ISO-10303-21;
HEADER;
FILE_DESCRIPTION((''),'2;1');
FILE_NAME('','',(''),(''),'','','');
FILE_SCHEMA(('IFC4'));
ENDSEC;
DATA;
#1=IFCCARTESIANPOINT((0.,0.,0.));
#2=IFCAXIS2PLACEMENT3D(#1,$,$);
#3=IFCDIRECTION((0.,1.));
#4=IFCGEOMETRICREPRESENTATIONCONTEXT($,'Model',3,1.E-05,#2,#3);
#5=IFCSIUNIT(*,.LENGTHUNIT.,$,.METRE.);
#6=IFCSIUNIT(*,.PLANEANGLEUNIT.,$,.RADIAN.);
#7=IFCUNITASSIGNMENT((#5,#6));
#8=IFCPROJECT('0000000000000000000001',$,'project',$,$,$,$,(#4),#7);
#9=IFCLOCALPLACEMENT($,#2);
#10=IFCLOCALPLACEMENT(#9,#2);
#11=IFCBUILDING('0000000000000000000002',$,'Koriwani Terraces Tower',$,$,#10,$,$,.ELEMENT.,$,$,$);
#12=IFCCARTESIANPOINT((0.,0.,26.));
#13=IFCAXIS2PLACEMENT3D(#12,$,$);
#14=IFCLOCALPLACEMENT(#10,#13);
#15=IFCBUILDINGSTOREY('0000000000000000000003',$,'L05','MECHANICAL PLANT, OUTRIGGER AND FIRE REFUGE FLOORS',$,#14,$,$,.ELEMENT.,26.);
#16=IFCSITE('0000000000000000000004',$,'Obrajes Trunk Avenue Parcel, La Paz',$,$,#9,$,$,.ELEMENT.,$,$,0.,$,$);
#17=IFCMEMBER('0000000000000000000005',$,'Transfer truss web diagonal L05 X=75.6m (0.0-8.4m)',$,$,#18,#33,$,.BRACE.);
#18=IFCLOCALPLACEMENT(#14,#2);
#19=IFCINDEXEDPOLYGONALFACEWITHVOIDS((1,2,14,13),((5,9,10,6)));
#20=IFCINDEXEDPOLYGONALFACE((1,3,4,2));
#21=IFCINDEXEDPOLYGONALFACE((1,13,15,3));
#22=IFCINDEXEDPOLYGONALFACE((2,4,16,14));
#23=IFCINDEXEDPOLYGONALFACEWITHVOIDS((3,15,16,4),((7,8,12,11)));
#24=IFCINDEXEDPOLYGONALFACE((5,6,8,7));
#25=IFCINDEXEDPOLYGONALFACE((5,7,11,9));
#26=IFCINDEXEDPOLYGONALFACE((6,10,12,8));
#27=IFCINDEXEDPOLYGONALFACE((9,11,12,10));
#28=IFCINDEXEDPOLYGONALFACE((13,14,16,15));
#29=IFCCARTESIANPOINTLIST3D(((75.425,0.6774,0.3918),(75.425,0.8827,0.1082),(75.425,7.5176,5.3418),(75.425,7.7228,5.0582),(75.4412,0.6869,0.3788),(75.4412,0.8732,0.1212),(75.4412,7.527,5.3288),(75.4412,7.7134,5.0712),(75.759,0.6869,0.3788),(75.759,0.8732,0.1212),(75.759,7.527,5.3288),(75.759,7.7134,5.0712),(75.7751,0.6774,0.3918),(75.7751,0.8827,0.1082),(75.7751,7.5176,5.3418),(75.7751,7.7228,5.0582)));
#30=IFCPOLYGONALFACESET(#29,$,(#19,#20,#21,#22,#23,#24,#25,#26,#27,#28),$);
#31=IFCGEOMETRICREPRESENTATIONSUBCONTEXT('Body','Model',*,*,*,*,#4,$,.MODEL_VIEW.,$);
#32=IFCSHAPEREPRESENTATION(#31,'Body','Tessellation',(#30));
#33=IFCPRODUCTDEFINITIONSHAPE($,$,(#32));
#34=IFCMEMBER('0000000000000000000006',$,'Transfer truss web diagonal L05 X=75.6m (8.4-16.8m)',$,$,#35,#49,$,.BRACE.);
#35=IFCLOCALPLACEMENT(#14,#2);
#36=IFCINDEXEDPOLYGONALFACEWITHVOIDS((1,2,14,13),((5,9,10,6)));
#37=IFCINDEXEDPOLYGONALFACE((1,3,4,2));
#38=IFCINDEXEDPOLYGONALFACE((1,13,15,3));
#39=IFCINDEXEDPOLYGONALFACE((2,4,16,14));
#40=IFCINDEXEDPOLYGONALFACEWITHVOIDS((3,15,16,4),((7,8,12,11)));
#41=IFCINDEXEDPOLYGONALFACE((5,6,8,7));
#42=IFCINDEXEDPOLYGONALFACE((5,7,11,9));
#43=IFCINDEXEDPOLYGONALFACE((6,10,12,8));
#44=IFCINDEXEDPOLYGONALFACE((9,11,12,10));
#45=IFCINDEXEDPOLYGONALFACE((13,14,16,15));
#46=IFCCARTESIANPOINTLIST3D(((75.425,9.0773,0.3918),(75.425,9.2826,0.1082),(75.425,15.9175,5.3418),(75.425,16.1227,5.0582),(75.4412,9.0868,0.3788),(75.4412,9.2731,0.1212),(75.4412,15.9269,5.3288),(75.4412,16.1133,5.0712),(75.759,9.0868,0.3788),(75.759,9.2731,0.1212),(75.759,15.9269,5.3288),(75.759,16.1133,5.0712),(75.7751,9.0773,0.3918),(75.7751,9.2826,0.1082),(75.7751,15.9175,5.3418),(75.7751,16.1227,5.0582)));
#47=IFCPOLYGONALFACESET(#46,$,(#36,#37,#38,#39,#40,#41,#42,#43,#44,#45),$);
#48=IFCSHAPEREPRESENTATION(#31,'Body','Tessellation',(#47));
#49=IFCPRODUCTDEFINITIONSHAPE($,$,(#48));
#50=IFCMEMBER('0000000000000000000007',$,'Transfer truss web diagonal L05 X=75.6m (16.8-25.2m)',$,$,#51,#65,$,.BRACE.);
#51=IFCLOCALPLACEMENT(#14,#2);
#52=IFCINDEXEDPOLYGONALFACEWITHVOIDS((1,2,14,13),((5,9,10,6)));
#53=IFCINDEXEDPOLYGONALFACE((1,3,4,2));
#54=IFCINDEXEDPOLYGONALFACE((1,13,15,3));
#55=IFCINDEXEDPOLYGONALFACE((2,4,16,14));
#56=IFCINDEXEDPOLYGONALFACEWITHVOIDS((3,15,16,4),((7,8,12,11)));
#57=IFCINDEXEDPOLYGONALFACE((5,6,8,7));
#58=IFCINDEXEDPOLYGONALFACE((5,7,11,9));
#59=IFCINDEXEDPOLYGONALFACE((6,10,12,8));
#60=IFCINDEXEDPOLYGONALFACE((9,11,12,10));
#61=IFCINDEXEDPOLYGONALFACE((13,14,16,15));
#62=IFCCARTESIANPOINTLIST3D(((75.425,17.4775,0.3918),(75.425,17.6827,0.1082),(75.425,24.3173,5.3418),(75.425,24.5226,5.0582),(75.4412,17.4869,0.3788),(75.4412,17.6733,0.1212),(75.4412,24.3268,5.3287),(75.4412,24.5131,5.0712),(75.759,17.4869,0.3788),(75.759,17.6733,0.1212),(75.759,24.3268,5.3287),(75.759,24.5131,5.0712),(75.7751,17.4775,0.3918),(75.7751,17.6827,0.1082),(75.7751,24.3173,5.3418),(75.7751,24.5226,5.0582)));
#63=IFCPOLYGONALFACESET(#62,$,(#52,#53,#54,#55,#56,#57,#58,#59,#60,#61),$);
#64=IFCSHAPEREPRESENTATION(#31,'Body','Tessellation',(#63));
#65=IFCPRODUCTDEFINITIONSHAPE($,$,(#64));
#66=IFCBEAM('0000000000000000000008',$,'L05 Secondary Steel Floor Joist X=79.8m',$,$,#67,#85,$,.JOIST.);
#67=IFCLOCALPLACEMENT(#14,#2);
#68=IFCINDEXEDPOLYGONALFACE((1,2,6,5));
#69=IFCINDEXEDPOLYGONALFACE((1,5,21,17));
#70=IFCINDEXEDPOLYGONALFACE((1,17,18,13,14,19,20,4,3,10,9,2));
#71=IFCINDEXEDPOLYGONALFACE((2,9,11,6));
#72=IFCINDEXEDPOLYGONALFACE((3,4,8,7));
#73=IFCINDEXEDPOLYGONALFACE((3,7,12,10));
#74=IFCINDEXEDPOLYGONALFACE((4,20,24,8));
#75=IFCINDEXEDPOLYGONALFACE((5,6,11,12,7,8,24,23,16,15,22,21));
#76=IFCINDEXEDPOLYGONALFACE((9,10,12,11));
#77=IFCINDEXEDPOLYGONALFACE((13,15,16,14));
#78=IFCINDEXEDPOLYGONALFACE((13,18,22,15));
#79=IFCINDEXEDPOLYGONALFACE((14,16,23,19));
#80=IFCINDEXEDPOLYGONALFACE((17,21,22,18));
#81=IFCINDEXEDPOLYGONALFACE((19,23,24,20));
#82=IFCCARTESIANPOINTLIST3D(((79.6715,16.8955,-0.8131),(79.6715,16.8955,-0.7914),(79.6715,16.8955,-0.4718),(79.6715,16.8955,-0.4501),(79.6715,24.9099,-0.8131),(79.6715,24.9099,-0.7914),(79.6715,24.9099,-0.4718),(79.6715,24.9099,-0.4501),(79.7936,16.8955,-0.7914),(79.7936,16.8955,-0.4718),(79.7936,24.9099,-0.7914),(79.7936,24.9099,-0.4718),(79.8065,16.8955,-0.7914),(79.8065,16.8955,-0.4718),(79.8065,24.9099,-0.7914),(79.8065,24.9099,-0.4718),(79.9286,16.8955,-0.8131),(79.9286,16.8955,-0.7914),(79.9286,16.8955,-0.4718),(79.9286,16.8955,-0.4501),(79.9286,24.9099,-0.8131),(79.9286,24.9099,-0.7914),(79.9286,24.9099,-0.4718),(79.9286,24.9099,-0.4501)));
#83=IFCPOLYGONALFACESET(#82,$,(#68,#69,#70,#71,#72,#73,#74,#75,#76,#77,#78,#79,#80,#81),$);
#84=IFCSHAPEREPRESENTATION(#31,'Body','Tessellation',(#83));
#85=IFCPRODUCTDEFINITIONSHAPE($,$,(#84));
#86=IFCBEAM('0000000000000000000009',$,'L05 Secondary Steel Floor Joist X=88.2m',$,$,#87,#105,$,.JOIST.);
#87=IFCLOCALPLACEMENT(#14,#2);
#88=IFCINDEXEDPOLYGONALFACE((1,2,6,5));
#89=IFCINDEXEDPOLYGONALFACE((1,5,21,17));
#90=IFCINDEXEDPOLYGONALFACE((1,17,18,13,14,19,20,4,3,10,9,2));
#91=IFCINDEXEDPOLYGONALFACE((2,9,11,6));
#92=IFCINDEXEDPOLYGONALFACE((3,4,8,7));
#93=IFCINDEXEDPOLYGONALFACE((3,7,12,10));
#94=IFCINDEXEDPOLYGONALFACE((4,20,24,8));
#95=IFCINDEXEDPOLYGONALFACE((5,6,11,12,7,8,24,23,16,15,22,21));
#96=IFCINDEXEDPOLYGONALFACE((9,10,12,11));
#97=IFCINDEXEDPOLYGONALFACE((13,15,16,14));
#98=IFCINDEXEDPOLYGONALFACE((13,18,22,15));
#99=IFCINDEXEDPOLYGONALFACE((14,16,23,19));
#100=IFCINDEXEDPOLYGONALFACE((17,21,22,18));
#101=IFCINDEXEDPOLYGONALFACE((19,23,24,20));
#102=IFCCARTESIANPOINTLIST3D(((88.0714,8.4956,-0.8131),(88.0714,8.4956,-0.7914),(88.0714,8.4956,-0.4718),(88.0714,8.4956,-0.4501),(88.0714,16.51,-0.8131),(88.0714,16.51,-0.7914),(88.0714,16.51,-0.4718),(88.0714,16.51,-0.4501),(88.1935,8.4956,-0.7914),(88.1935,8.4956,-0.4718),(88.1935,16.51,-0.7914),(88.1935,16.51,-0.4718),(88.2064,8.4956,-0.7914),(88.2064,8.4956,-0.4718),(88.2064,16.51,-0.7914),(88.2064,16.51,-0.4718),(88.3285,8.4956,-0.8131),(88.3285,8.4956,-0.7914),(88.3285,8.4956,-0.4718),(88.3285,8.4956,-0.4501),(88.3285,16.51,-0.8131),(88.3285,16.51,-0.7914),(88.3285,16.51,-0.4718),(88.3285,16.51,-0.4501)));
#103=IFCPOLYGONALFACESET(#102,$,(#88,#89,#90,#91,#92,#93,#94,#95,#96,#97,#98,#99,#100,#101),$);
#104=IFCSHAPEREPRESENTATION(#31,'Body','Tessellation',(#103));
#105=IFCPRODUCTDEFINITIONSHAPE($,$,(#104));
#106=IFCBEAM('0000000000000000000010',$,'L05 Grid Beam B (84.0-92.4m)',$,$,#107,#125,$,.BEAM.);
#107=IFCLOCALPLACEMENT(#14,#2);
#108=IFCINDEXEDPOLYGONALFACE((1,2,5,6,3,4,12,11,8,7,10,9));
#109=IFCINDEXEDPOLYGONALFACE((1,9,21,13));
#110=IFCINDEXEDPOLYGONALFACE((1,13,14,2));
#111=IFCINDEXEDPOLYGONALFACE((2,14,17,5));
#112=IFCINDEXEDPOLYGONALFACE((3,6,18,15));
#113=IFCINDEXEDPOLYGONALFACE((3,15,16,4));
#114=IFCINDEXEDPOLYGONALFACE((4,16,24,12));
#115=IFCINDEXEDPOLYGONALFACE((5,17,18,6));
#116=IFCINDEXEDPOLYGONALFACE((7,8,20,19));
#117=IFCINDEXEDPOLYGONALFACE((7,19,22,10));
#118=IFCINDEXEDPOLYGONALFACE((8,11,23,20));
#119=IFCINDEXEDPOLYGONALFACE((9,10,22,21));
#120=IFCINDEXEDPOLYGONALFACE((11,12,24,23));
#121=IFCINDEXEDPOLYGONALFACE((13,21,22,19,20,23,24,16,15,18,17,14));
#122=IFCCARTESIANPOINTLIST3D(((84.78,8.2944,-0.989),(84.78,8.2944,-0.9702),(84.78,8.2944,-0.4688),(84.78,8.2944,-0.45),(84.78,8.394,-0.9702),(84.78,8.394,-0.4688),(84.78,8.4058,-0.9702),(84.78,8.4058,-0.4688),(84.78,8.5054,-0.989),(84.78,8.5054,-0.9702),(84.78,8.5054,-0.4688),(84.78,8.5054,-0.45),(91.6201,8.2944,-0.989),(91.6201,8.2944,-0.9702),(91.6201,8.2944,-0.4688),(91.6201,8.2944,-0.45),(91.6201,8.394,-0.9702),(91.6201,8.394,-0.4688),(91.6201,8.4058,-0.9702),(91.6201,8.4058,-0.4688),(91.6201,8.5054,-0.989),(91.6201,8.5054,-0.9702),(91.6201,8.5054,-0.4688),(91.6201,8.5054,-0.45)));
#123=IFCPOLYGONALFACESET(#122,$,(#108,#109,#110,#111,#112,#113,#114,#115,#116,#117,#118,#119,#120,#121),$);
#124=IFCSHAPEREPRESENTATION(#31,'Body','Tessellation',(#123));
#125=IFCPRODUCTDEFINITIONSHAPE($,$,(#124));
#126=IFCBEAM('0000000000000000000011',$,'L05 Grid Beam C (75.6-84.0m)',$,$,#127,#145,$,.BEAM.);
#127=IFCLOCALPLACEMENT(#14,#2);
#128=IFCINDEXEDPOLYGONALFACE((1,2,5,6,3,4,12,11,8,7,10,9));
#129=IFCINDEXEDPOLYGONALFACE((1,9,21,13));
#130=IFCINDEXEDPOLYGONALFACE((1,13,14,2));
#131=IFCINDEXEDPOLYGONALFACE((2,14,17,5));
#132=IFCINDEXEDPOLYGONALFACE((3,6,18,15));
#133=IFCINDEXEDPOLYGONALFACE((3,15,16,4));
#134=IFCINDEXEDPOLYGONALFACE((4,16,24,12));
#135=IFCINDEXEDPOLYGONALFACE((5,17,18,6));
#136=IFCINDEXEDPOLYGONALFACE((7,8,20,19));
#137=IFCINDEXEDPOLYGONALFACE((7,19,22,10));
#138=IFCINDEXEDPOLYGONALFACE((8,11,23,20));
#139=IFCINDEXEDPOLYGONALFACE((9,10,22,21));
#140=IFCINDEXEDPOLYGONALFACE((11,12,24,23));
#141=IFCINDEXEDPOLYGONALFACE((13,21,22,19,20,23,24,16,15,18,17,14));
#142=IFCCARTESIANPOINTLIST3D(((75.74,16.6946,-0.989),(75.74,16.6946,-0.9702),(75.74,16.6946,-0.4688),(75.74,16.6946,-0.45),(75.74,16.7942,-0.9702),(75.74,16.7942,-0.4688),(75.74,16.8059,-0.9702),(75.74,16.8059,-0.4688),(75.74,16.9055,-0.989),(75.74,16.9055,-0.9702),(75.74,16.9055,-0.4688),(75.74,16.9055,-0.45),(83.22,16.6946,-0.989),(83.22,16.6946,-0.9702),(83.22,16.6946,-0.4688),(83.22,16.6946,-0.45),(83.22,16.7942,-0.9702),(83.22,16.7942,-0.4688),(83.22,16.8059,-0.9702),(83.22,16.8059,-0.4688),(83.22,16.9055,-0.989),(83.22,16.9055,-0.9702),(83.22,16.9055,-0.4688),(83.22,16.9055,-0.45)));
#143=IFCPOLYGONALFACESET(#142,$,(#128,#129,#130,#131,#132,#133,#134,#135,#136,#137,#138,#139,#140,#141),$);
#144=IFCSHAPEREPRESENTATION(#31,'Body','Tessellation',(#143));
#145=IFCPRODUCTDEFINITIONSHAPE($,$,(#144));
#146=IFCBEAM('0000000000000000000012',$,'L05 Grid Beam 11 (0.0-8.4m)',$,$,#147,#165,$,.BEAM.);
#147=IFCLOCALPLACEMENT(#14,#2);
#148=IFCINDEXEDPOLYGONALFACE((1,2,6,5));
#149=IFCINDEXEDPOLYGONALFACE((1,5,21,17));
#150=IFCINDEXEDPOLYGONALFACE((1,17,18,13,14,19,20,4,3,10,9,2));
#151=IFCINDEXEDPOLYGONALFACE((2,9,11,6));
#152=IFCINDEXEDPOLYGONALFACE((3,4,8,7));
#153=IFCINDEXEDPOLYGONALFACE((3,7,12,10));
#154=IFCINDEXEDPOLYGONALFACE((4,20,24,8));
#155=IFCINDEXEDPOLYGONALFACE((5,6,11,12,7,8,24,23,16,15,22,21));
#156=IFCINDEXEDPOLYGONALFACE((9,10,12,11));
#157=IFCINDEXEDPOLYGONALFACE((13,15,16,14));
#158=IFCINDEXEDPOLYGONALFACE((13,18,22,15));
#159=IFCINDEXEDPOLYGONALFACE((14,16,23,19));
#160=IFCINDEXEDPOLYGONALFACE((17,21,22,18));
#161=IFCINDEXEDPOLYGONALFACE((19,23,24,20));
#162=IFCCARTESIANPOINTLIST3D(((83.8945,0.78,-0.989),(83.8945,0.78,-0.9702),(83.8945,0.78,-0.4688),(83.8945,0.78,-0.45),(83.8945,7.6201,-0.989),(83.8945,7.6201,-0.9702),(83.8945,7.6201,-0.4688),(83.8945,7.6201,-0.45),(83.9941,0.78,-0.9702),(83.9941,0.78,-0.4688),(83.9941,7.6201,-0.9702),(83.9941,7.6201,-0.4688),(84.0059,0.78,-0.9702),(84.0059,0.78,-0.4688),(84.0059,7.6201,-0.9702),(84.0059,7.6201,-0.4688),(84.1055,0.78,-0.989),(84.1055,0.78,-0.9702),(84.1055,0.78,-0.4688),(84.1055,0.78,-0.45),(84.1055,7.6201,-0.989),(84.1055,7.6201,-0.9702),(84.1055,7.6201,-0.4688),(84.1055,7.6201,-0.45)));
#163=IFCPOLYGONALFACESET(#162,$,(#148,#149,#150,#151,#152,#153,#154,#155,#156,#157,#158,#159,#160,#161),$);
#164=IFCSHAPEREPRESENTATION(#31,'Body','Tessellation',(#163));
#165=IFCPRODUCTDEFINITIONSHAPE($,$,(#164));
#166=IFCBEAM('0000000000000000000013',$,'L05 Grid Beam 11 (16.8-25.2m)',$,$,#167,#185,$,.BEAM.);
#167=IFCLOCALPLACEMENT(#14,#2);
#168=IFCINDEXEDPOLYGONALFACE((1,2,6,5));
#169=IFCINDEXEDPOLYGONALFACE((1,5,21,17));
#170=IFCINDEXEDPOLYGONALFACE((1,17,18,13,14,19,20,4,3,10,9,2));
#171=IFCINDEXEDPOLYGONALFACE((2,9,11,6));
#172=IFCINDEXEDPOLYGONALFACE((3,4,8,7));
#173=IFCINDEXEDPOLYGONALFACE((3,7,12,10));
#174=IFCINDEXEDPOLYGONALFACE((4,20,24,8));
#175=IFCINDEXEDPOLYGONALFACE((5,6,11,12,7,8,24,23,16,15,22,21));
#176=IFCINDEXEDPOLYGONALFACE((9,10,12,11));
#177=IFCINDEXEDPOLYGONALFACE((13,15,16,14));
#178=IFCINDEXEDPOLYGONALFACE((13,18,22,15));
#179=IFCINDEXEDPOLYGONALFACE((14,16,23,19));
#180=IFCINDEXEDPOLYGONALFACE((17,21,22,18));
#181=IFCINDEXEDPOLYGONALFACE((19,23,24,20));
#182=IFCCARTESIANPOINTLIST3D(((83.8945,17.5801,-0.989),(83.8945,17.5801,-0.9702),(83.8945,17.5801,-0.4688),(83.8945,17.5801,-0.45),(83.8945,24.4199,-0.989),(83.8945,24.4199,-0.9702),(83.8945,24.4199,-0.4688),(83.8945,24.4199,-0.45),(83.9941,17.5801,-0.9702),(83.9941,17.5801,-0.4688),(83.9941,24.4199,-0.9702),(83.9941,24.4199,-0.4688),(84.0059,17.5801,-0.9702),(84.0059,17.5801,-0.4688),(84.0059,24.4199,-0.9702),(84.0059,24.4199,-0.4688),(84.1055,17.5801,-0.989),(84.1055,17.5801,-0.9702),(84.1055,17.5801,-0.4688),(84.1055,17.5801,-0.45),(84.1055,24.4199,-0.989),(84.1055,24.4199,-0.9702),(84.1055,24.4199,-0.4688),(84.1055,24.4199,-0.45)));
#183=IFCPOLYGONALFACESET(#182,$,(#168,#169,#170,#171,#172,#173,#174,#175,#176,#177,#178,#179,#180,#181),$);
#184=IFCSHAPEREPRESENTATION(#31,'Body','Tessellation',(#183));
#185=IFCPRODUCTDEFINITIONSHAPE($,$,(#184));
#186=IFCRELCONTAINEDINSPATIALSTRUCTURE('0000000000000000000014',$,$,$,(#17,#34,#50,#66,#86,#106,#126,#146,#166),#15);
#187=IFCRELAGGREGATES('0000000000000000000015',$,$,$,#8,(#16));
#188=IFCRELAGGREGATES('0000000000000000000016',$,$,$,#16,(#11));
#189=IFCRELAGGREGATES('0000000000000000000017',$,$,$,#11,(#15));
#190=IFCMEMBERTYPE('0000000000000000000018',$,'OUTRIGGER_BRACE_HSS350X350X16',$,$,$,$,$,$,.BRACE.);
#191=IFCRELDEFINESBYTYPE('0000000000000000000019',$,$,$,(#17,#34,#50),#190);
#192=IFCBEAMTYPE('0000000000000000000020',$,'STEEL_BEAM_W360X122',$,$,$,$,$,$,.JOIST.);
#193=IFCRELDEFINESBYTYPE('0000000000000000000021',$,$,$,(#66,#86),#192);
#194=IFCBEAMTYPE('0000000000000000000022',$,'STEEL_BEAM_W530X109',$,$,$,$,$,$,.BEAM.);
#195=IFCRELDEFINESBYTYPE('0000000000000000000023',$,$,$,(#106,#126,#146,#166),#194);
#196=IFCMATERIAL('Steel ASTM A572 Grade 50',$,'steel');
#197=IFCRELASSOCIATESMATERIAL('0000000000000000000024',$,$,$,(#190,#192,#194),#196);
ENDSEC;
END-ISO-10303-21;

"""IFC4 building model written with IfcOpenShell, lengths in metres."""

from ifc_helpers import new_model, si_unit, direction, frame, origin, origin_2d, place, context, subcontext, project, spatial, hollow_rectangle, i_section, extrude, material, material_profile, profile_set, type_object, element, save


model = new_model("IFC4")

# Units and contexts
model_context = context("Model", 3, precision=1e-05, world=origin(), true_north=direction((0.0, 1.0)))
body_context = subcontext(model_context, "Body", "Model", "MODEL_VIEW")
ifc_project = project(units=[si_unit("LENGTHUNIT", "METRE"), si_unit("PLANEANGLEUNIT", "RADIAN")], contexts=[model_context])

# Site, building, storey
site_placement = place(None, origin())
site = spatial("IfcSite", under=ifc_project, at=site_placement, Name="Obrajes Trunk Avenue Parcel, La Paz", CompositionType="ELEMENT", RefElevation=0.0)
building_placement = place(site_placement, origin())
building = spatial("IfcBuilding", under=site, at=building_placement, Name="Koriwani Terraces Tower", CompositionType="ELEMENT")
storey_placement = place(building_placement, frame((0.0, 0.0, 26.0)))
storey = spatial("IfcBuildingStorey", under=building, at=storey_placement, Name="L05", Description="MECHANICAL PLANT, OUTRIGGER AND FIRE REFUGE FLOORS", CompositionType="ELEMENT", Elevation=26.0)

# Members
ifc_material_1 = material(Name="Steel ASTM A572 Grade 50", Category="steel")
ifc_material_profile_1 = material_profile(ifc_material_1, hollow_rectangle(XDim=0.3501, YDim=0.3501, WallThickness=0.0161, at=origin_2d()), Name="Steel ASTM A572 Grade 50", Category="LoadBearing")
ifc_profile_set_1 = profile_set([ifc_material_profile_1], Name="Steel ASTM A572 Grade 50")
member_type_1 = type_object("IfcMemberType", Name="OUTRIGGER_BRACE_HSS350X350X16", PredefinedType="BRACE", material=ifc_profile_set_1)
for number, where, z_axis, x_axis, name in (
    (1, (75.6001, 0.78, 0.25), (0.0, 0.810123, 0.58626), (-1.0, 0.0, 0.0), "Transfer truss web diagonal L05 X=75.6m (0.0-8.4m)"),
    (2, (75.6001, 9.1799, 0.25), (0.0, 0.810123, 0.58626), (-1.0, 0.0, 0.0), "Transfer truss web diagonal L05 X=75.6m (8.4-16.8m)"),
):
    element("IfcMember", number, at=place(storey_placement, frame(where, z_axis=z_axis, x_axis=x_axis)), inside=storey, type_object=member_type_1, Name=name, PredefinedType="BRACE", context=body_context, shape_type="SweptSolid", body=[
        extrude(hollow_rectangle(XDim=0.3501, YDim=0.3501, WallThickness=0.0161, at=origin_2d()), origin(), (0.0, 0.0, 1.0), 8.4434),
    ])
member_1_placement = place(storey_placement, frame((75.6001, 17.5801, 0.25), z_axis=(0.0, 0.810113, 0.586274), x_axis=(-1.0, 0.0, 0.0)))
element("IfcMember", 3, at=member_1_placement, inside=storey, type_object=member_type_1, Name="Transfer truss web diagonal L05 X=75.6m (16.8-25.2m)", PredefinedType="BRACE", context=body_context, shape_type="SweptSolid", body=[
    extrude(hollow_rectangle(XDim=0.3501, YDim=0.3501, WallThickness=0.0161, at=origin_2d()), origin(), (0.0, 0.0, 1.0), 8.4431),
])

# Beams
ifc_material_profile_2 = material_profile(ifc_material_1, i_section(OverallWidth=0.2571, OverallDepth=0.363, WebThickness=0.0129, FlangeThickness=0.0217, at=origin_2d()), Name="Steel ASTM A572 Grade 50", Category="LoadBearing")
ifc_profile_set_2 = profile_set([ifc_material_profile_2], Name="Steel ASTM A572 Grade 50")
beam_type_1 = type_object("IfcBeamType", Name="STEEL_BEAM_W360X122", PredefinedType="JOIST", material=ifc_profile_set_2)
for number, where, z_axis, x_axis, name in (
    (4, (79.8, 16.8955, -0.6316), (0.0, 1.0, 0.0), (-1.0, 0.0, 0.0), "L05 Secondary Steel Floor Joist X=79.8m"),
    (5, (88.2, 8.4956, -0.6316), (0.0, 1.0, 0.0), (-1.0, 0.0, 0.0), "L05 Secondary Steel Floor Joist X=88.2m"),
):
    element("IfcBeam", number, at=place(storey_placement, frame(where, z_axis=z_axis, x_axis=x_axis)), inside=storey, type_object=beam_type_1, Name=name, PredefinedType="JOIST", context=body_context, shape_type="SweptSolid", body=[
        extrude(i_section(OverallWidth=0.2571, OverallDepth=0.363, WebThickness=0.0129, FlangeThickness=0.0217, at=origin_2d()), origin(), (0.0, 0.0, 1.0), 8.0144),
    ])
ifc_material_profile_3 = material_profile(ifc_material_1, i_section(OverallWidth=0.2109, OverallDepth=0.5391, WebThickness=0.0117, FlangeThickness=0.0188, at=origin_2d()), Name="Steel ASTM A572 Grade 50", Category="LoadBearing")
ifc_profile_set_3 = profile_set([ifc_material_profile_3], Name="Steel ASTM A572 Grade 50")
beam_type_2 = type_object("IfcBeamType", Name="STEEL_BEAM_W530X109", PredefinedType="BEAM", material=ifc_profile_set_3)
beam_1_placement = place(storey_placement, frame((84.78, 8.3999, -0.7195), z_axis=(1.0, 0.0, 0.0), x_axis=(0.0, 1.0, 0.0)))
element("IfcBeam", 6, at=beam_1_placement, inside=storey, type_object=beam_type_2, Name="L05 Grid Beam B (84.0-92.4m)", PredefinedType="BEAM", context=body_context, shape_type="SweptSolid", body=[
    extrude(i_section(OverallWidth=0.2109, OverallDepth=0.5391, WebThickness=0.0117, FlangeThickness=0.0188, at=origin_2d()), origin(), (0.0, 0.0, 1.0), 6.8401),
])
beam_2_placement = place(storey_placement, frame((75.74, 16.8, -0.7195), z_axis=(1.0, 0.0, 0.0), x_axis=(0.0, 1.0, 0.0)))
element("IfcBeam", 7, at=beam_2_placement, inside=storey, type_object=beam_type_2, Name="L05 Grid Beam C (75.6-84.0m)", PredefinedType="BEAM", context=body_context, shape_type="SweptSolid", body=[
    extrude(i_section(OverallWidth=0.2109, OverallDepth=0.5391, WebThickness=0.0117, FlangeThickness=0.0188, at=origin_2d()), origin(), (0.0, 0.0, 1.0), 7.48),
])
beam_3_placement = place(storey_placement, frame((84.0, 0.78, -0.7195), z_axis=(0.0, 1.0, 0.0), x_axis=(-1.0, 0.0, 0.0)))
element("IfcBeam", 8, at=beam_3_placement, inside=storey, type_object=beam_type_2, Name="L05 Grid Beam 11 (0.0-8.4m)", PredefinedType="BEAM", context=body_context, shape_type="SweptSolid", body=[
    extrude(i_section(OverallWidth=0.2109, OverallDepth=0.5391, WebThickness=0.0117, FlangeThickness=0.0188, at=origin_2d()), origin(), (0.0, 0.0, 1.0), 6.8401),
])
beam_4_placement = place(storey_placement, frame((84.0, 17.5801, -0.7195), z_axis=(0.0, 1.0, 0.0), x_axis=(-1.0, 0.0, 0.0)))
element("IfcBeam", 9, at=beam_4_placement, inside=storey, type_object=beam_type_2, Name="L05 Grid Beam 11 (16.8-25.2m)", PredefinedType="BEAM", context=body_context, shape_type="SweptSolid", body=[
    extrude(i_section(OverallWidth=0.2109, OverallDepth=0.5391, WebThickness=0.0117, FlangeThickness=0.0188, at=origin_2d()), origin(), (0.0, 0.0, 1.0), 6.8398),
])

save(model, "model.ifc")
